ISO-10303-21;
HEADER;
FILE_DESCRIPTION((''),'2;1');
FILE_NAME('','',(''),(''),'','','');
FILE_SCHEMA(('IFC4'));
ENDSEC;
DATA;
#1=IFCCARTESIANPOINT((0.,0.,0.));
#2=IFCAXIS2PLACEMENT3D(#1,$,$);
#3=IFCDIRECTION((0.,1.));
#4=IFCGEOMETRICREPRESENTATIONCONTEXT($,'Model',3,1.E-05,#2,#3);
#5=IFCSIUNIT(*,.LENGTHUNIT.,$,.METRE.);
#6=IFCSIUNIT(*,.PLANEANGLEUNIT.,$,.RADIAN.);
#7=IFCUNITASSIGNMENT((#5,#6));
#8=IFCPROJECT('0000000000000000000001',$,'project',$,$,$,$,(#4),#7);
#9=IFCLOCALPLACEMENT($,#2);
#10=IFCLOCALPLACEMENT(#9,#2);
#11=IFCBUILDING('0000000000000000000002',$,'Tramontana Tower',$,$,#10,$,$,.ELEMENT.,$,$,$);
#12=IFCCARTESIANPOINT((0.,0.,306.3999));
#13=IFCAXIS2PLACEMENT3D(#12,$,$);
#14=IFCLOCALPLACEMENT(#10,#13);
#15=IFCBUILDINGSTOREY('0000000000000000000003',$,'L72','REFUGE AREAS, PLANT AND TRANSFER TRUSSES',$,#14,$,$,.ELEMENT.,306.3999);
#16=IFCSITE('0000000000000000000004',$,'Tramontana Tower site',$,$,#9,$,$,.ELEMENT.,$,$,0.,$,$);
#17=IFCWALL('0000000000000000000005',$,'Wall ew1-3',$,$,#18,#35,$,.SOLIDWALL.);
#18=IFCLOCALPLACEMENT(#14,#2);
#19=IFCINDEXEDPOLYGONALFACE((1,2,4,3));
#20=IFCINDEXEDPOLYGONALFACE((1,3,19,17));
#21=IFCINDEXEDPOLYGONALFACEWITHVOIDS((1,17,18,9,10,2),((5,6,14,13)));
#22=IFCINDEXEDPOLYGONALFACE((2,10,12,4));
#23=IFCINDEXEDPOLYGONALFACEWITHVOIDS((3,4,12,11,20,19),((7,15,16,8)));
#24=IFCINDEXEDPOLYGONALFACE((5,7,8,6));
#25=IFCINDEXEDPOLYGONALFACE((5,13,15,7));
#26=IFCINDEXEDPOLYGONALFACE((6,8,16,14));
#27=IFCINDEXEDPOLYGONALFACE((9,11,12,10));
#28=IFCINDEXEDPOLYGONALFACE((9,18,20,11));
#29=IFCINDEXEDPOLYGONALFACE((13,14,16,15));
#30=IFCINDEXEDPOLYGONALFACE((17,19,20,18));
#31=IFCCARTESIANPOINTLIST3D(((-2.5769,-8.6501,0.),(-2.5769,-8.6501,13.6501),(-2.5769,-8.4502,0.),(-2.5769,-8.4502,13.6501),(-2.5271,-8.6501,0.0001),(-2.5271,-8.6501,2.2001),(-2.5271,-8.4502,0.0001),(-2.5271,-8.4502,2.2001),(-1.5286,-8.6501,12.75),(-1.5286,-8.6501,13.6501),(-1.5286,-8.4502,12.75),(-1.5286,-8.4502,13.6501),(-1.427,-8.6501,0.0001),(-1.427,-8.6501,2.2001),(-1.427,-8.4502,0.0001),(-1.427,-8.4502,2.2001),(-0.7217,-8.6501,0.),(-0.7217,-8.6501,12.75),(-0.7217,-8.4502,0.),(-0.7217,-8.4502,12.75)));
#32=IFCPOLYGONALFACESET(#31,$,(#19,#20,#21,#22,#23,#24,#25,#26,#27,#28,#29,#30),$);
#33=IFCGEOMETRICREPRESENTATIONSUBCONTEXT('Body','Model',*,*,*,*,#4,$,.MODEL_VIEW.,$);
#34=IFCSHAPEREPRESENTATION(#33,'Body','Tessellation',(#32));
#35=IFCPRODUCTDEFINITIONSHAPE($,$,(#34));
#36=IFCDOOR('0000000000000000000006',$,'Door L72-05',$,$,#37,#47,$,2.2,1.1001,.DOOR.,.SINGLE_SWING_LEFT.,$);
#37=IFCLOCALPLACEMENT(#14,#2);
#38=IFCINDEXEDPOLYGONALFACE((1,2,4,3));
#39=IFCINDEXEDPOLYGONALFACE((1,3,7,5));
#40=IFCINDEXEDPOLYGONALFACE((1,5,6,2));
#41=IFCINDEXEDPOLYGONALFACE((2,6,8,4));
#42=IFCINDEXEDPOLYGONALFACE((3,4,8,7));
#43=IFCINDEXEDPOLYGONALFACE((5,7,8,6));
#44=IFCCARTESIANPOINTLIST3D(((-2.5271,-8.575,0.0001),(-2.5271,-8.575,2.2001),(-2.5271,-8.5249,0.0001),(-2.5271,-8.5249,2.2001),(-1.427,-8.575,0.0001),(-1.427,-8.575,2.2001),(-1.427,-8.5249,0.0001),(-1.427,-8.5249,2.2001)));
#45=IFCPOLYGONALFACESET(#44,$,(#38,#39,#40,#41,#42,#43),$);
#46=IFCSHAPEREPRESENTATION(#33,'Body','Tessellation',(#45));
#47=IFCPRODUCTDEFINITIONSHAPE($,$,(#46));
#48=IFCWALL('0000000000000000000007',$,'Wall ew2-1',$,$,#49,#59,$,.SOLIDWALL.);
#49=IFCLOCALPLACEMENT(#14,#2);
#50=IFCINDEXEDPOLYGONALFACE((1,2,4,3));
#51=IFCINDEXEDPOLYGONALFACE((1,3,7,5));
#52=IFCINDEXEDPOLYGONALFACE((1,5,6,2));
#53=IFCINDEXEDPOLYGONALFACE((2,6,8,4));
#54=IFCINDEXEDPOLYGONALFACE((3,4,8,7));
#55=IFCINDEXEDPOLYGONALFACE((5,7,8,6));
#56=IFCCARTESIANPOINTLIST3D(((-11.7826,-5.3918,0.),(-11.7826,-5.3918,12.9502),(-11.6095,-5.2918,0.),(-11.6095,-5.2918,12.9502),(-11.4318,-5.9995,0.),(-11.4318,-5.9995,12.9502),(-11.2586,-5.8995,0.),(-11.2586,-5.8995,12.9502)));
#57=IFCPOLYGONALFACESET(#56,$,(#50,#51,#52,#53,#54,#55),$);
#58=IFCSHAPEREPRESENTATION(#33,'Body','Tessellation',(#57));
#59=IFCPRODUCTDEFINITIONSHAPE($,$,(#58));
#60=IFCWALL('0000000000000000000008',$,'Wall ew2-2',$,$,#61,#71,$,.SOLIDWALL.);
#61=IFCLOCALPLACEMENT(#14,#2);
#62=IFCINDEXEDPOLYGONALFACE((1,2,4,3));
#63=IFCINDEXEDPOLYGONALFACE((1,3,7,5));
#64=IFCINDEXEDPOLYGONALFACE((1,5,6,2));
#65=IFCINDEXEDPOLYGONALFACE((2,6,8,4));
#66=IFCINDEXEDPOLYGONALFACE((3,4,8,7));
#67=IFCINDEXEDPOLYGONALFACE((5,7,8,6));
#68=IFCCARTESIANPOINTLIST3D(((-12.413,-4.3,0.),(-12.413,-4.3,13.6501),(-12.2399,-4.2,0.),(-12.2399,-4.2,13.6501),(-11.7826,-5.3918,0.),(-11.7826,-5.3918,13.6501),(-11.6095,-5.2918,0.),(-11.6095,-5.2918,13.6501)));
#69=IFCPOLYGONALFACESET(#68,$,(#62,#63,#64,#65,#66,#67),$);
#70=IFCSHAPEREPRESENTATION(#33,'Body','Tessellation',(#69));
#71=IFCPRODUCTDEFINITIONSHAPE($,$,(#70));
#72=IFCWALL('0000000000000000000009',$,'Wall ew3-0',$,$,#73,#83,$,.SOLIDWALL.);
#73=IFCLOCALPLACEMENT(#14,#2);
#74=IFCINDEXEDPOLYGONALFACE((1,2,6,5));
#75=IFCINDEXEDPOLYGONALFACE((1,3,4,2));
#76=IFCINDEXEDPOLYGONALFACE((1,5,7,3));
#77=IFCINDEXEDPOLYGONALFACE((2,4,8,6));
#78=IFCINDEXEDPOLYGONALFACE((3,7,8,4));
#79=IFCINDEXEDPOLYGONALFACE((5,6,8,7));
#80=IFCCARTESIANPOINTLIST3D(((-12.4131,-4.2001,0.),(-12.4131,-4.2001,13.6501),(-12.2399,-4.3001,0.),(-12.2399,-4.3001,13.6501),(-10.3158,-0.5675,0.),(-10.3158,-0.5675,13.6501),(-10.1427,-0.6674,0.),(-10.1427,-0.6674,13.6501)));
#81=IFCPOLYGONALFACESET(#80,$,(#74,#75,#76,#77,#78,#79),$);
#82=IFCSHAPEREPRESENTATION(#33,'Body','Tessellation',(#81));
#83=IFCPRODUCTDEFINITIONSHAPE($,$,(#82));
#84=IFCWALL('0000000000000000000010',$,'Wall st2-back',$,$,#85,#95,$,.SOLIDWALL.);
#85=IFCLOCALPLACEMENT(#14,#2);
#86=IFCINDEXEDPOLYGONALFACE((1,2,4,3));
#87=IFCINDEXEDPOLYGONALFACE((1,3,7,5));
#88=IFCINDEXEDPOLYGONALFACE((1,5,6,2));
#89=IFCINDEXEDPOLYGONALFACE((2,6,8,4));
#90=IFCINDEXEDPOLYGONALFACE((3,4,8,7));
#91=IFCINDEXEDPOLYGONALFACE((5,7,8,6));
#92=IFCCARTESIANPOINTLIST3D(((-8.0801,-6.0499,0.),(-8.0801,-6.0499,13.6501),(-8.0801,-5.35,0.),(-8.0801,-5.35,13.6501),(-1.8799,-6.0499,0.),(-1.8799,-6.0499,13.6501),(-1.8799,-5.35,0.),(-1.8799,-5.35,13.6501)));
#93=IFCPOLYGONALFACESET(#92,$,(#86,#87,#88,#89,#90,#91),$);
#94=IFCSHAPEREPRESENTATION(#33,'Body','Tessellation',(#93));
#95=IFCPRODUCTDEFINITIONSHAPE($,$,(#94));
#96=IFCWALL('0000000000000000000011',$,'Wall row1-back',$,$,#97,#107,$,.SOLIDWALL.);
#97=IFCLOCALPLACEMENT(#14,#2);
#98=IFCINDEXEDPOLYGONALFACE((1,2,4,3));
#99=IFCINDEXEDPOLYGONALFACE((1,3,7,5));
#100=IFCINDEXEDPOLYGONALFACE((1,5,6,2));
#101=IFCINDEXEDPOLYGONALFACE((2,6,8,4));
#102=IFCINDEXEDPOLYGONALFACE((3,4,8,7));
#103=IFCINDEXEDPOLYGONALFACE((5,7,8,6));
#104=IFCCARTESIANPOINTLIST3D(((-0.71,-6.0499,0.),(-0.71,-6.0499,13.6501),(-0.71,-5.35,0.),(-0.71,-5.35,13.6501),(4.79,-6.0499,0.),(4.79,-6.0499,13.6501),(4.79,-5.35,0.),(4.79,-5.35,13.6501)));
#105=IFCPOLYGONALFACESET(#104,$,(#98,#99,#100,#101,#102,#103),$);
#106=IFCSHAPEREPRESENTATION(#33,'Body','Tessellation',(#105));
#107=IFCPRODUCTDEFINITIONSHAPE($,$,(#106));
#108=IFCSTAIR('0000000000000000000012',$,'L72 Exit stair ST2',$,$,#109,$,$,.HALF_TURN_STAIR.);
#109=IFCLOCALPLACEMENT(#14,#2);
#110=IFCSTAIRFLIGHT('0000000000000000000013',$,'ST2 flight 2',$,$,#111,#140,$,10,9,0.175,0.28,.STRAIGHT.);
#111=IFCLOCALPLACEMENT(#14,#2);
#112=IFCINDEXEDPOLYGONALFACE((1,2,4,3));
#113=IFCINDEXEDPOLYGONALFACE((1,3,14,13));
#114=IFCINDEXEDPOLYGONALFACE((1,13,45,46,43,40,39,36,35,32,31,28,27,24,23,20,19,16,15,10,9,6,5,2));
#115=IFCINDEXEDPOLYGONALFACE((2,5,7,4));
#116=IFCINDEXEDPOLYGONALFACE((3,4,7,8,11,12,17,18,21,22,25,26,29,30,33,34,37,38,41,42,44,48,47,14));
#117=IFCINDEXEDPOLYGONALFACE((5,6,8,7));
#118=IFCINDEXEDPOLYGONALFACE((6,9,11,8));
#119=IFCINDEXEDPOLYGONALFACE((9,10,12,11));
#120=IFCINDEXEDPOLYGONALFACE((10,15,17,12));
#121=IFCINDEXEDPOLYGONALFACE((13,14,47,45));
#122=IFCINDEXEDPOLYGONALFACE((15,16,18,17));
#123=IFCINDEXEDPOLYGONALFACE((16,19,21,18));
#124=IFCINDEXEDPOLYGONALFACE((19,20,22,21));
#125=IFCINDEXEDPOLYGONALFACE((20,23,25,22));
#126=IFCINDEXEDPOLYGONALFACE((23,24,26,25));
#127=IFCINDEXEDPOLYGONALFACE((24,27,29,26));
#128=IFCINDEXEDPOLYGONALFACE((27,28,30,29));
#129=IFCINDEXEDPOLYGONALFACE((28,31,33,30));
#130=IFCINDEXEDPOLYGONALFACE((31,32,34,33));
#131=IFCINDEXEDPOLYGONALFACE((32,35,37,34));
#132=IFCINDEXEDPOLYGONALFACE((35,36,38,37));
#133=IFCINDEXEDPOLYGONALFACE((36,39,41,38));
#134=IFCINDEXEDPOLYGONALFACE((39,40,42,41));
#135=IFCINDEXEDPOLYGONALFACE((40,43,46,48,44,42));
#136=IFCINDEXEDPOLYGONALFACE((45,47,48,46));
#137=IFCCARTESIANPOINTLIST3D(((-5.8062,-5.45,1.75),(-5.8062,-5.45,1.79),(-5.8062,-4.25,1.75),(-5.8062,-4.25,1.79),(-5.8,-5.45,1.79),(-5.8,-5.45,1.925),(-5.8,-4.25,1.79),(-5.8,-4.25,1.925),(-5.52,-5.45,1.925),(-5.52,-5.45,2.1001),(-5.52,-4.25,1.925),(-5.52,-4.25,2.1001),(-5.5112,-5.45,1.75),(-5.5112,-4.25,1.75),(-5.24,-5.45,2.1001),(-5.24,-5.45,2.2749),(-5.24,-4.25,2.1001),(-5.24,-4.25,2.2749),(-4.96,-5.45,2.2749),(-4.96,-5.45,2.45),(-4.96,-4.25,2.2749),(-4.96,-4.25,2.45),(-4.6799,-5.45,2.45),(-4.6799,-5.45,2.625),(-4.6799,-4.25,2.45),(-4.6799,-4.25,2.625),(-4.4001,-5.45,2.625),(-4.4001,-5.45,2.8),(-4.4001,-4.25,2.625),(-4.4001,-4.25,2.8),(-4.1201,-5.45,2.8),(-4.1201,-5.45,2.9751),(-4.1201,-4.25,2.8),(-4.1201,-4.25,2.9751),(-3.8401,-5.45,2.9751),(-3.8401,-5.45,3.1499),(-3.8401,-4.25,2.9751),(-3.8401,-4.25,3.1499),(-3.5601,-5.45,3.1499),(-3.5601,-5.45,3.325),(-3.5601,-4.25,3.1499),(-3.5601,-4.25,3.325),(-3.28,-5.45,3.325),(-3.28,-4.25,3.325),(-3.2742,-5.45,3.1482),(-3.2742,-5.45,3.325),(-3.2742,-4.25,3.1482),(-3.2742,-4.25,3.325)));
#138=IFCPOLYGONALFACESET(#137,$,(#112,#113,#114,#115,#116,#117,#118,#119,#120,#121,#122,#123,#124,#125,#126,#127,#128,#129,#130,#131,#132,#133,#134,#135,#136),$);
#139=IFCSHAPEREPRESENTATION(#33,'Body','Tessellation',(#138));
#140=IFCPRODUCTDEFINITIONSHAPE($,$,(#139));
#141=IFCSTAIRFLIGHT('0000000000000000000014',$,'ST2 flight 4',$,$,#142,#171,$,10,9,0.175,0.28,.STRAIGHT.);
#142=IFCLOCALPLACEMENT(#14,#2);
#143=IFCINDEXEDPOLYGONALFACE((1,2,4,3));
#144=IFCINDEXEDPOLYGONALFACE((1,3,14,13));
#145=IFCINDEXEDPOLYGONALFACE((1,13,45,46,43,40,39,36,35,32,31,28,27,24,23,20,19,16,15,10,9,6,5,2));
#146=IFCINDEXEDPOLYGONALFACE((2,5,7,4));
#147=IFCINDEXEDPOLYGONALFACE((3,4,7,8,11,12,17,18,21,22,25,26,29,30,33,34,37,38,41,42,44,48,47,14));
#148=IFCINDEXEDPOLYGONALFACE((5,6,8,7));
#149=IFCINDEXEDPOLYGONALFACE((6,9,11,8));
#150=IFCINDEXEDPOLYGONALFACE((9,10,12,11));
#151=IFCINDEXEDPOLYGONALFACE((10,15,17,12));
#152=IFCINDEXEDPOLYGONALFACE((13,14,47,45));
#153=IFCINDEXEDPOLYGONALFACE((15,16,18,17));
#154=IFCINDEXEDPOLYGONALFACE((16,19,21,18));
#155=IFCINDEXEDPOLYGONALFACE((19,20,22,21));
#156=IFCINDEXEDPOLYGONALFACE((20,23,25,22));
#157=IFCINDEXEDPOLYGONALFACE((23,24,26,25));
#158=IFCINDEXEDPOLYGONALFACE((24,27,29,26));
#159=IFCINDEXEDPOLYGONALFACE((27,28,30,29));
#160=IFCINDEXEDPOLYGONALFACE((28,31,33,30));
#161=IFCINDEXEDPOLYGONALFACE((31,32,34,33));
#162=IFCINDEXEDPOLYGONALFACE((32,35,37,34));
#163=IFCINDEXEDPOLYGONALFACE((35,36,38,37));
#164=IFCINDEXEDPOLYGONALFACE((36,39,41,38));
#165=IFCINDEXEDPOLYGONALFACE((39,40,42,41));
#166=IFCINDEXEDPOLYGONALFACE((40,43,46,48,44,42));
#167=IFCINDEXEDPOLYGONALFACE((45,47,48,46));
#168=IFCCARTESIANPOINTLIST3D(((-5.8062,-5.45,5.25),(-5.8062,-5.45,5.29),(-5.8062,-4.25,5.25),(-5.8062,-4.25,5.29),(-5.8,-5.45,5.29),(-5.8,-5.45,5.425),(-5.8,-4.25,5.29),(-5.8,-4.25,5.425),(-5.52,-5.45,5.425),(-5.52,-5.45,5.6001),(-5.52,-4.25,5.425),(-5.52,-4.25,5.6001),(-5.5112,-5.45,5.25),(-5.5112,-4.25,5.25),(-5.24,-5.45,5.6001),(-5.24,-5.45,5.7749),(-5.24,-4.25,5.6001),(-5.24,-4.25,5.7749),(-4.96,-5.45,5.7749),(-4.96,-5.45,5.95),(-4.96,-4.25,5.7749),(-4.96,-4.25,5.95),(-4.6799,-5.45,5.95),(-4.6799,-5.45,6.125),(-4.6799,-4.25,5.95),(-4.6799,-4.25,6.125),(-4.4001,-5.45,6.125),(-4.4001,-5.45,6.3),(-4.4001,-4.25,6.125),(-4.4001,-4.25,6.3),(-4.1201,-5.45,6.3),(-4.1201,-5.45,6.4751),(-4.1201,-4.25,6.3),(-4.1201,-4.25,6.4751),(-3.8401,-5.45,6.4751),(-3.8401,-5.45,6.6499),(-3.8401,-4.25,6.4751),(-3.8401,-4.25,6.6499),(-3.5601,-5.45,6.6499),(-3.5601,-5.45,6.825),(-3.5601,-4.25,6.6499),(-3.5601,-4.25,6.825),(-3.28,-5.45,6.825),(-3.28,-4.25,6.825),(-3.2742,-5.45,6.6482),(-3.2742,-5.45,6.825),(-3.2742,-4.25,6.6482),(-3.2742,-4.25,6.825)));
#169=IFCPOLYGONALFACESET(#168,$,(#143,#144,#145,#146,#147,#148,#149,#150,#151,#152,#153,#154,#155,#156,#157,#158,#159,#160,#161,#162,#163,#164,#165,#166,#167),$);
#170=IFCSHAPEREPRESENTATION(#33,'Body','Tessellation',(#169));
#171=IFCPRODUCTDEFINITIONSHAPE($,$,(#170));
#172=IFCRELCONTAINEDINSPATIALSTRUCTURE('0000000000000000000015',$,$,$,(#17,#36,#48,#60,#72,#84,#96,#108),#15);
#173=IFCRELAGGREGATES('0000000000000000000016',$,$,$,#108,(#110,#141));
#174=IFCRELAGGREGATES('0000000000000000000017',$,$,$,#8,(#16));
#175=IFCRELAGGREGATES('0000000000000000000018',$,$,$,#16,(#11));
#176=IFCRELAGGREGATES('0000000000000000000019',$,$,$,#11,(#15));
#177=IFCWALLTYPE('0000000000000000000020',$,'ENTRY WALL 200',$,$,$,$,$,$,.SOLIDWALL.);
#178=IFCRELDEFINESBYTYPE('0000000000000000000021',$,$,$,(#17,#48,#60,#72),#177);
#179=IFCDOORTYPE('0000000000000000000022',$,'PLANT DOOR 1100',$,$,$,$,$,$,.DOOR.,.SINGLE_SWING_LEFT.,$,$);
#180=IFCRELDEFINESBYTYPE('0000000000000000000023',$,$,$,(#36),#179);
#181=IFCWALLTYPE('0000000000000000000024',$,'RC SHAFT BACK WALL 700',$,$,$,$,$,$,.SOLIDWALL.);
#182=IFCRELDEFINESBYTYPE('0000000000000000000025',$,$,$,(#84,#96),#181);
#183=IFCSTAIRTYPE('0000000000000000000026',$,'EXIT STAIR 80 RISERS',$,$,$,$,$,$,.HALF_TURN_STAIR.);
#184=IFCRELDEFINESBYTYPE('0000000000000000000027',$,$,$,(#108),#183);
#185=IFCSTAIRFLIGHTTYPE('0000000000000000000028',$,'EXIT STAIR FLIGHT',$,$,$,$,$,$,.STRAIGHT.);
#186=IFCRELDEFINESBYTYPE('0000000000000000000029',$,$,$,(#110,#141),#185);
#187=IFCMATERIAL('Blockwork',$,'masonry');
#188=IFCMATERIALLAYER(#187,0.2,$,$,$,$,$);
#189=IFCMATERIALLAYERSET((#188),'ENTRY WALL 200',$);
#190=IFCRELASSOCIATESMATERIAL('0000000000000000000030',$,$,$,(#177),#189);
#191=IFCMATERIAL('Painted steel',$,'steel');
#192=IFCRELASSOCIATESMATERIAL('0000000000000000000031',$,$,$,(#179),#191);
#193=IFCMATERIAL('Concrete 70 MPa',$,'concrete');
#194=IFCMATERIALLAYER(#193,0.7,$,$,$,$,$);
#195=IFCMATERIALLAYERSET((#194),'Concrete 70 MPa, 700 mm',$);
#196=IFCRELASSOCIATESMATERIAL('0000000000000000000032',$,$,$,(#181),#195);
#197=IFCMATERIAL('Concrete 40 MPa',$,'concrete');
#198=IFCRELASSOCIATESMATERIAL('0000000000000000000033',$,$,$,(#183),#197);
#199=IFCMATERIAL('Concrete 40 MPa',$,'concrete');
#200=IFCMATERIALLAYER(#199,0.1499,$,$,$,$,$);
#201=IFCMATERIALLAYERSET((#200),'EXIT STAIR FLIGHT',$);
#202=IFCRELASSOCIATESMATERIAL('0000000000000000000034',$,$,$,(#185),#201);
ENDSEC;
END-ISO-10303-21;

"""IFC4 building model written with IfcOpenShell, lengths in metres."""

from ifc_helpers import new_model, si_unit, direction, frame, frame_2d, origin, place, context, subcontext, project, spatial, polyline, rectangle, outline, extrude, material, layer, layer_set, type_object, element, fill, aggregate, save


model = new_model("IFC4")

# Units and contexts
model_context = context("Model", 3, precision=1e-05, world=origin(), true_north=direction((0.0, 1.0)))
body_context = subcontext(model_context, "Body", "Model", "MODEL_VIEW")
ifc_project = project(units=[si_unit("LENGTHUNIT", "METRE"), si_unit("PLANEANGLEUNIT", "RADIAN")], contexts=[model_context])

# Site, building, storey
site_placement = place(None, origin())
site = spatial("IfcSite", under=ifc_project, at=site_placement, Name="Tramontana Tower site", CompositionType="ELEMENT", RefElevation=0.0)
building_placement = place(site_placement, origin())
building = spatial("IfcBuilding", under=site, at=building_placement, Name="Tramontana Tower", CompositionType="ELEMENT")
storey_placement = place(building_placement, frame((0.0, 0.0, 306.3999)))
storey = spatial("IfcBuildingStorey", under=building, at=storey_placement, Name="L72", Description="REFUGE AREAS, PLANT AND TRANSFER TRUSSES", CompositionType="ELEMENT", Elevation=306.3999)

# Wall, opening, door
ifc_material_1 = material(Name="Blockwork", Category="masonry")
ifc_layer_1 = layer(ifc_material_1, 0.2)
ifc_layer_set_1 = layer_set([ifc_layer_1], Name="ENTRY WALL 200")
wall_type_1 = type_object("IfcWallType", Name="ENTRY WALL 200", PredefinedType="SOLIDWALL", material=ifc_layer_set_1)
wall_1_placement = place(storey_placement, frame((-0.7217, -8.55, 0.0), z_axis=(0.0, 0.0, 1.0), x_axis=(-1.0, 0.0, 0.0)))
wall_1 = element("IfcWall", 1, at=wall_1_placement, inside=storey, type_object=wall_type_1, Name="Wall ew1-3", PredefinedType="SOLIDWALL", context=body_context, shape_type="SweptSolid", body=[
    extrude(outline(polyline([(0.0, 0.0), (1.8552, 0.0), (1.8552, 13.6501), (0.8069, 13.6501), (0.8069, 12.75), (0.0, 12.75), (0.0, 0.0)])), frame((0.0, 0.1001, 0.0), z_axis=(0.0, -1.0, 0.0), x_axis=(1.0, 0.0, 0.0)), (0.0, 0.0, 1.0), 0.2),
])
opening_1_placement = place(wall_1_placement, frame((0.7053, 0.0, 0.0)))
opening_1 = element("IfcOpeningElement", 2, at=opening_1_placement, cuts=wall_1, PredefinedType="OPENING", context=body_context, shape_type="SweptSolid", body=[
    extrude(rectangle(XDim=1.1001, YDim=2.2, at=frame_2d((0.55, 1.1001))), frame((0.0, 0.1099, 0.0), z_axis=(0.0, -1.0, 0.0), x_axis=(1.0, 0.0, 0.0)), (0.0, 0.0, 1.0), 0.22),
])
ifc_material_2 = material(Name="Painted steel", Category="steel")
door_type_1 = type_object("IfcDoorType", Name="PLANT DOOR 1100", OperationType="SINGLE_SWING_LEFT", PredefinedType="DOOR", material=ifc_material_2)
door_1_placement = place(opening_1_placement, origin())
door_1 = element("IfcDoor", 3, at=door_1_placement, inside=storey, type_object=door_type_1, Name="Door L72-05", OperationType="SINGLE_SWING_LEFT", OverallHeight=2.2, OverallWidth=1.1001, PredefinedType="DOOR", context=body_context, shape_type="SweptSolid", body=[
    extrude(rectangle(XDim=1.1001, YDim=2.2, at=frame_2d((0.55, 1.1001))), frame((0.0, 0.0249, 0.0), z_axis=(0.0, -1.0, 0.0), x_axis=(1.0, 0.0, 0.0)), (0.0, 0.0, 1.0), 0.05),
])
fill(opening_1, door_1)

# Walls
wall_2_placement = place(storey_placement, frame((-11.3452, -5.9495, 0.0), z_axis=(0.0, 0.0, 1.0), x_axis=(-0.499994, 0.866029, 0.0)))
element("IfcWall", 4, at=wall_2_placement, inside=storey, type_object=wall_type_1, Name="Wall ew2-1", PredefinedType="SOLIDWALL", context=body_context, shape_type="SweptSolid", body=[
    extrude(rectangle(XDim=0.7017, YDim=0.2, at=frame_2d((0.3508, 0.0))), origin(), (0.0, 0.0, 1.0), 12.9502),
])
wall_3_placement = place(storey_placement, frame((-11.696, -5.3418, 0.0), z_axis=(0.0, 0.0, 1.0), x_axis=(-0.500013, 0.866018, 0.0)))
element("IfcWall", 5, at=wall_3_placement, inside=storey, type_object=wall_type_1, Name="Wall ew2-2", PredefinedType="SOLIDWALL", context=body_context, shape_type="SweptSolid", body=[
    extrude(rectangle(XDim=1.2607, YDim=0.2, at=frame_2d((0.6304, 0.0))), origin(), (0.0, 0.0, 1.0), 13.6501),
])
wall_4_placement = place(storey_placement, frame((-12.3264, -4.25, 0.0), z_axis=(0.0, 0.0, 1.0), x_axis=(0.499983, 0.866035, 0.0)))
element("IfcWall", 6, at=wall_4_placement, inside=storey, type_object=wall_type_1, Name="Wall ew3-0", PredefinedType="SOLIDWALL", context=body_context, shape_type="SweptSolid", body=[
    extrude(rectangle(XDim=4.1946, YDim=0.2, at=frame_2d((2.0972, 0.0))), origin(), (0.0, 0.0, 1.0), 13.6501),
])
ifc_material_3 = material(Name="Concrete 70 MPa", Category="concrete")
ifc_layer_2 = layer(ifc_material_3, 0.7)
ifc_layer_set_2 = layer_set([ifc_layer_2], Name="Concrete 70 MPa, 700 mm")
wall_type_2 = type_object("IfcWallType", Name="RC SHAFT BACK WALL 700", PredefinedType="SOLIDWALL", material=ifc_layer_set_2)
wall_5_placement = place(storey_placement, frame((-8.0801, -5.7, 0.0), z_axis=(0.0, 0.0, 1.0), x_axis=(1.0, 0.0, 0.0)))
element("IfcWall", 7, at=wall_5_placement, inside=storey, type_object=wall_type_2, Name="Wall st2-back", PredefinedType="SOLIDWALL", context=body_context, shape_type="SweptSolid", body=[
    extrude(rectangle(XDim=6.2002, YDim=0.7, at=frame_2d((3.1001, 0.0))), origin(), (0.0, 0.0, 1.0), 13.6501),
])
wall_6_placement = place(storey_placement, frame((-0.71, -5.7, 0.0), z_axis=(0.0, 0.0, 1.0), x_axis=(1.0, 0.0, 0.0)))
element("IfcWall", 8, at=wall_6_placement, inside=storey, type_object=wall_type_2, Name="Wall row1-back", PredefinedType="SOLIDWALL", context=body_context, shape_type="SweptSolid", body=[
    extrude(rectangle(XDim=5.5, YDim=0.7, at=frame_2d((2.75, 0.0))), origin(), (0.0, 0.0, 1.0), 13.6501),
])

# Stair, stair flights
ifc_material_4 = material(Name="Concrete 40 MPa", Category="concrete")
stair_type = type_object("IfcStairType", Name="EXIT STAIR 80 RISERS", PredefinedType="HALF_TURN_STAIR", material=ifc_material_4)
stair_placement = place(storey_placement, origin())
stair = element("IfcStair", 9, at=stair_placement, inside=storey, type_object=stair_type, Name="L72 Exit stair ST2", PredefinedType="HALF_TURN_STAIR")
ifc_material_5 = material(Name="Concrete 40 MPa", Category="concrete")
ifc_layer_3 = layer(ifc_material_5, 0.1499)
ifc_layer_set_3 = layer_set([ifc_layer_3], Name="EXIT STAIR FLIGHT")
stair_flight_type = type_object("IfcStairFlightType", Name="EXIT STAIR FLIGHT", PredefinedType="STRAIGHT", material=ifc_layer_set_3)
stair_flight_1_placement = place(storey_placement, frame((-5.8, -4.8501, 1.75), z_axis=(0.0, 0.0, 1.0), x_axis=(1.0, 0.0, 0.0)))
stair_flight_1 = element("IfcStairFlight", 10, at=stair_flight_1_placement, type_object=stair_flight_type, Name="ST2 flight 2", NumberOfRisers=10, NumberOfTreads=9, PredefinedType="STRAIGHT", RiserHeight=0.175, TreadLength=0.28, context=body_context, shape_type="SweptSolid", body=[
    extrude(outline(polyline([(-0.0061, 0.0), (-0.0061, 0.04), (0.0, 0.04), (0.0, 0.175), (0.28, 0.175), (0.28, 0.3501), (0.5601, 0.3501), (0.5601, 0.5249), (0.8401, 0.5249), (0.8401, 0.7), (1.1201, 0.7), (1.1201, 0.875), (1.3999, 0.875), (1.3999, 1.05), (1.6799, 1.05), (1.6799, 1.2251), (1.96, 1.2251), (1.96, 1.3999), (2.24, 1.3999), (2.24, 1.575), (2.52, 1.575), (2.5259, 1.575), (2.5259, 1.3982), (0.2888, 0.0), (-0.0061, 0.0)])), frame((0.0, 0.6001, 0.0), z_axis=(0.0, -1.0, 0.0), x_axis=(1.0, 0.0, 0.0)), (0.0, 0.0, 1.0), 1.2),
])
stair_flight_2_placement = place(storey_placement, frame((-5.8, -4.8501, 5.25), z_axis=(0.0, 0.0, 1.0), x_axis=(1.0, 0.0, 0.0)))
stair_flight_2 = element("IfcStairFlight", 11, at=stair_flight_2_placement, type_object=stair_flight_type, Name="ST2 flight 4", NumberOfRisers=10, NumberOfTreads=9, PredefinedType="STRAIGHT", RiserHeight=0.175, TreadLength=0.28, context=body_context, shape_type="SweptSolid", body=[
    extrude(outline(polyline([(-0.0061, 0.0), (-0.0061, 0.04), (0.0, 0.04), (0.0, 0.175), (0.28, 0.175), (0.28, 0.3501), (0.5601, 0.3501), (0.5601, 0.5249), (0.8401, 0.5249), (0.8401, 0.7), (1.1201, 0.7), (1.1201, 0.875), (1.3999, 0.875), (1.3999, 1.05), (1.6799, 1.05), (1.6799, 1.2251), (1.96, 1.2251), (1.96, 1.3999), (2.24, 1.3999), (2.24, 1.575), (2.52, 1.575), (2.5259, 1.575), (2.5259, 1.3982), (0.2888, 0.0), (-0.0061, 0.0)])), frame((0.0, 0.6001, 0.0), z_axis=(0.0, -1.0, 0.0), x_axis=(1.0, 0.0, 0.0)), (0.0, 0.0, 1.0), 1.2),
])
aggregate(stair, [stair_flight_1, stair_flight_2])

save(model, "model.ifc")
